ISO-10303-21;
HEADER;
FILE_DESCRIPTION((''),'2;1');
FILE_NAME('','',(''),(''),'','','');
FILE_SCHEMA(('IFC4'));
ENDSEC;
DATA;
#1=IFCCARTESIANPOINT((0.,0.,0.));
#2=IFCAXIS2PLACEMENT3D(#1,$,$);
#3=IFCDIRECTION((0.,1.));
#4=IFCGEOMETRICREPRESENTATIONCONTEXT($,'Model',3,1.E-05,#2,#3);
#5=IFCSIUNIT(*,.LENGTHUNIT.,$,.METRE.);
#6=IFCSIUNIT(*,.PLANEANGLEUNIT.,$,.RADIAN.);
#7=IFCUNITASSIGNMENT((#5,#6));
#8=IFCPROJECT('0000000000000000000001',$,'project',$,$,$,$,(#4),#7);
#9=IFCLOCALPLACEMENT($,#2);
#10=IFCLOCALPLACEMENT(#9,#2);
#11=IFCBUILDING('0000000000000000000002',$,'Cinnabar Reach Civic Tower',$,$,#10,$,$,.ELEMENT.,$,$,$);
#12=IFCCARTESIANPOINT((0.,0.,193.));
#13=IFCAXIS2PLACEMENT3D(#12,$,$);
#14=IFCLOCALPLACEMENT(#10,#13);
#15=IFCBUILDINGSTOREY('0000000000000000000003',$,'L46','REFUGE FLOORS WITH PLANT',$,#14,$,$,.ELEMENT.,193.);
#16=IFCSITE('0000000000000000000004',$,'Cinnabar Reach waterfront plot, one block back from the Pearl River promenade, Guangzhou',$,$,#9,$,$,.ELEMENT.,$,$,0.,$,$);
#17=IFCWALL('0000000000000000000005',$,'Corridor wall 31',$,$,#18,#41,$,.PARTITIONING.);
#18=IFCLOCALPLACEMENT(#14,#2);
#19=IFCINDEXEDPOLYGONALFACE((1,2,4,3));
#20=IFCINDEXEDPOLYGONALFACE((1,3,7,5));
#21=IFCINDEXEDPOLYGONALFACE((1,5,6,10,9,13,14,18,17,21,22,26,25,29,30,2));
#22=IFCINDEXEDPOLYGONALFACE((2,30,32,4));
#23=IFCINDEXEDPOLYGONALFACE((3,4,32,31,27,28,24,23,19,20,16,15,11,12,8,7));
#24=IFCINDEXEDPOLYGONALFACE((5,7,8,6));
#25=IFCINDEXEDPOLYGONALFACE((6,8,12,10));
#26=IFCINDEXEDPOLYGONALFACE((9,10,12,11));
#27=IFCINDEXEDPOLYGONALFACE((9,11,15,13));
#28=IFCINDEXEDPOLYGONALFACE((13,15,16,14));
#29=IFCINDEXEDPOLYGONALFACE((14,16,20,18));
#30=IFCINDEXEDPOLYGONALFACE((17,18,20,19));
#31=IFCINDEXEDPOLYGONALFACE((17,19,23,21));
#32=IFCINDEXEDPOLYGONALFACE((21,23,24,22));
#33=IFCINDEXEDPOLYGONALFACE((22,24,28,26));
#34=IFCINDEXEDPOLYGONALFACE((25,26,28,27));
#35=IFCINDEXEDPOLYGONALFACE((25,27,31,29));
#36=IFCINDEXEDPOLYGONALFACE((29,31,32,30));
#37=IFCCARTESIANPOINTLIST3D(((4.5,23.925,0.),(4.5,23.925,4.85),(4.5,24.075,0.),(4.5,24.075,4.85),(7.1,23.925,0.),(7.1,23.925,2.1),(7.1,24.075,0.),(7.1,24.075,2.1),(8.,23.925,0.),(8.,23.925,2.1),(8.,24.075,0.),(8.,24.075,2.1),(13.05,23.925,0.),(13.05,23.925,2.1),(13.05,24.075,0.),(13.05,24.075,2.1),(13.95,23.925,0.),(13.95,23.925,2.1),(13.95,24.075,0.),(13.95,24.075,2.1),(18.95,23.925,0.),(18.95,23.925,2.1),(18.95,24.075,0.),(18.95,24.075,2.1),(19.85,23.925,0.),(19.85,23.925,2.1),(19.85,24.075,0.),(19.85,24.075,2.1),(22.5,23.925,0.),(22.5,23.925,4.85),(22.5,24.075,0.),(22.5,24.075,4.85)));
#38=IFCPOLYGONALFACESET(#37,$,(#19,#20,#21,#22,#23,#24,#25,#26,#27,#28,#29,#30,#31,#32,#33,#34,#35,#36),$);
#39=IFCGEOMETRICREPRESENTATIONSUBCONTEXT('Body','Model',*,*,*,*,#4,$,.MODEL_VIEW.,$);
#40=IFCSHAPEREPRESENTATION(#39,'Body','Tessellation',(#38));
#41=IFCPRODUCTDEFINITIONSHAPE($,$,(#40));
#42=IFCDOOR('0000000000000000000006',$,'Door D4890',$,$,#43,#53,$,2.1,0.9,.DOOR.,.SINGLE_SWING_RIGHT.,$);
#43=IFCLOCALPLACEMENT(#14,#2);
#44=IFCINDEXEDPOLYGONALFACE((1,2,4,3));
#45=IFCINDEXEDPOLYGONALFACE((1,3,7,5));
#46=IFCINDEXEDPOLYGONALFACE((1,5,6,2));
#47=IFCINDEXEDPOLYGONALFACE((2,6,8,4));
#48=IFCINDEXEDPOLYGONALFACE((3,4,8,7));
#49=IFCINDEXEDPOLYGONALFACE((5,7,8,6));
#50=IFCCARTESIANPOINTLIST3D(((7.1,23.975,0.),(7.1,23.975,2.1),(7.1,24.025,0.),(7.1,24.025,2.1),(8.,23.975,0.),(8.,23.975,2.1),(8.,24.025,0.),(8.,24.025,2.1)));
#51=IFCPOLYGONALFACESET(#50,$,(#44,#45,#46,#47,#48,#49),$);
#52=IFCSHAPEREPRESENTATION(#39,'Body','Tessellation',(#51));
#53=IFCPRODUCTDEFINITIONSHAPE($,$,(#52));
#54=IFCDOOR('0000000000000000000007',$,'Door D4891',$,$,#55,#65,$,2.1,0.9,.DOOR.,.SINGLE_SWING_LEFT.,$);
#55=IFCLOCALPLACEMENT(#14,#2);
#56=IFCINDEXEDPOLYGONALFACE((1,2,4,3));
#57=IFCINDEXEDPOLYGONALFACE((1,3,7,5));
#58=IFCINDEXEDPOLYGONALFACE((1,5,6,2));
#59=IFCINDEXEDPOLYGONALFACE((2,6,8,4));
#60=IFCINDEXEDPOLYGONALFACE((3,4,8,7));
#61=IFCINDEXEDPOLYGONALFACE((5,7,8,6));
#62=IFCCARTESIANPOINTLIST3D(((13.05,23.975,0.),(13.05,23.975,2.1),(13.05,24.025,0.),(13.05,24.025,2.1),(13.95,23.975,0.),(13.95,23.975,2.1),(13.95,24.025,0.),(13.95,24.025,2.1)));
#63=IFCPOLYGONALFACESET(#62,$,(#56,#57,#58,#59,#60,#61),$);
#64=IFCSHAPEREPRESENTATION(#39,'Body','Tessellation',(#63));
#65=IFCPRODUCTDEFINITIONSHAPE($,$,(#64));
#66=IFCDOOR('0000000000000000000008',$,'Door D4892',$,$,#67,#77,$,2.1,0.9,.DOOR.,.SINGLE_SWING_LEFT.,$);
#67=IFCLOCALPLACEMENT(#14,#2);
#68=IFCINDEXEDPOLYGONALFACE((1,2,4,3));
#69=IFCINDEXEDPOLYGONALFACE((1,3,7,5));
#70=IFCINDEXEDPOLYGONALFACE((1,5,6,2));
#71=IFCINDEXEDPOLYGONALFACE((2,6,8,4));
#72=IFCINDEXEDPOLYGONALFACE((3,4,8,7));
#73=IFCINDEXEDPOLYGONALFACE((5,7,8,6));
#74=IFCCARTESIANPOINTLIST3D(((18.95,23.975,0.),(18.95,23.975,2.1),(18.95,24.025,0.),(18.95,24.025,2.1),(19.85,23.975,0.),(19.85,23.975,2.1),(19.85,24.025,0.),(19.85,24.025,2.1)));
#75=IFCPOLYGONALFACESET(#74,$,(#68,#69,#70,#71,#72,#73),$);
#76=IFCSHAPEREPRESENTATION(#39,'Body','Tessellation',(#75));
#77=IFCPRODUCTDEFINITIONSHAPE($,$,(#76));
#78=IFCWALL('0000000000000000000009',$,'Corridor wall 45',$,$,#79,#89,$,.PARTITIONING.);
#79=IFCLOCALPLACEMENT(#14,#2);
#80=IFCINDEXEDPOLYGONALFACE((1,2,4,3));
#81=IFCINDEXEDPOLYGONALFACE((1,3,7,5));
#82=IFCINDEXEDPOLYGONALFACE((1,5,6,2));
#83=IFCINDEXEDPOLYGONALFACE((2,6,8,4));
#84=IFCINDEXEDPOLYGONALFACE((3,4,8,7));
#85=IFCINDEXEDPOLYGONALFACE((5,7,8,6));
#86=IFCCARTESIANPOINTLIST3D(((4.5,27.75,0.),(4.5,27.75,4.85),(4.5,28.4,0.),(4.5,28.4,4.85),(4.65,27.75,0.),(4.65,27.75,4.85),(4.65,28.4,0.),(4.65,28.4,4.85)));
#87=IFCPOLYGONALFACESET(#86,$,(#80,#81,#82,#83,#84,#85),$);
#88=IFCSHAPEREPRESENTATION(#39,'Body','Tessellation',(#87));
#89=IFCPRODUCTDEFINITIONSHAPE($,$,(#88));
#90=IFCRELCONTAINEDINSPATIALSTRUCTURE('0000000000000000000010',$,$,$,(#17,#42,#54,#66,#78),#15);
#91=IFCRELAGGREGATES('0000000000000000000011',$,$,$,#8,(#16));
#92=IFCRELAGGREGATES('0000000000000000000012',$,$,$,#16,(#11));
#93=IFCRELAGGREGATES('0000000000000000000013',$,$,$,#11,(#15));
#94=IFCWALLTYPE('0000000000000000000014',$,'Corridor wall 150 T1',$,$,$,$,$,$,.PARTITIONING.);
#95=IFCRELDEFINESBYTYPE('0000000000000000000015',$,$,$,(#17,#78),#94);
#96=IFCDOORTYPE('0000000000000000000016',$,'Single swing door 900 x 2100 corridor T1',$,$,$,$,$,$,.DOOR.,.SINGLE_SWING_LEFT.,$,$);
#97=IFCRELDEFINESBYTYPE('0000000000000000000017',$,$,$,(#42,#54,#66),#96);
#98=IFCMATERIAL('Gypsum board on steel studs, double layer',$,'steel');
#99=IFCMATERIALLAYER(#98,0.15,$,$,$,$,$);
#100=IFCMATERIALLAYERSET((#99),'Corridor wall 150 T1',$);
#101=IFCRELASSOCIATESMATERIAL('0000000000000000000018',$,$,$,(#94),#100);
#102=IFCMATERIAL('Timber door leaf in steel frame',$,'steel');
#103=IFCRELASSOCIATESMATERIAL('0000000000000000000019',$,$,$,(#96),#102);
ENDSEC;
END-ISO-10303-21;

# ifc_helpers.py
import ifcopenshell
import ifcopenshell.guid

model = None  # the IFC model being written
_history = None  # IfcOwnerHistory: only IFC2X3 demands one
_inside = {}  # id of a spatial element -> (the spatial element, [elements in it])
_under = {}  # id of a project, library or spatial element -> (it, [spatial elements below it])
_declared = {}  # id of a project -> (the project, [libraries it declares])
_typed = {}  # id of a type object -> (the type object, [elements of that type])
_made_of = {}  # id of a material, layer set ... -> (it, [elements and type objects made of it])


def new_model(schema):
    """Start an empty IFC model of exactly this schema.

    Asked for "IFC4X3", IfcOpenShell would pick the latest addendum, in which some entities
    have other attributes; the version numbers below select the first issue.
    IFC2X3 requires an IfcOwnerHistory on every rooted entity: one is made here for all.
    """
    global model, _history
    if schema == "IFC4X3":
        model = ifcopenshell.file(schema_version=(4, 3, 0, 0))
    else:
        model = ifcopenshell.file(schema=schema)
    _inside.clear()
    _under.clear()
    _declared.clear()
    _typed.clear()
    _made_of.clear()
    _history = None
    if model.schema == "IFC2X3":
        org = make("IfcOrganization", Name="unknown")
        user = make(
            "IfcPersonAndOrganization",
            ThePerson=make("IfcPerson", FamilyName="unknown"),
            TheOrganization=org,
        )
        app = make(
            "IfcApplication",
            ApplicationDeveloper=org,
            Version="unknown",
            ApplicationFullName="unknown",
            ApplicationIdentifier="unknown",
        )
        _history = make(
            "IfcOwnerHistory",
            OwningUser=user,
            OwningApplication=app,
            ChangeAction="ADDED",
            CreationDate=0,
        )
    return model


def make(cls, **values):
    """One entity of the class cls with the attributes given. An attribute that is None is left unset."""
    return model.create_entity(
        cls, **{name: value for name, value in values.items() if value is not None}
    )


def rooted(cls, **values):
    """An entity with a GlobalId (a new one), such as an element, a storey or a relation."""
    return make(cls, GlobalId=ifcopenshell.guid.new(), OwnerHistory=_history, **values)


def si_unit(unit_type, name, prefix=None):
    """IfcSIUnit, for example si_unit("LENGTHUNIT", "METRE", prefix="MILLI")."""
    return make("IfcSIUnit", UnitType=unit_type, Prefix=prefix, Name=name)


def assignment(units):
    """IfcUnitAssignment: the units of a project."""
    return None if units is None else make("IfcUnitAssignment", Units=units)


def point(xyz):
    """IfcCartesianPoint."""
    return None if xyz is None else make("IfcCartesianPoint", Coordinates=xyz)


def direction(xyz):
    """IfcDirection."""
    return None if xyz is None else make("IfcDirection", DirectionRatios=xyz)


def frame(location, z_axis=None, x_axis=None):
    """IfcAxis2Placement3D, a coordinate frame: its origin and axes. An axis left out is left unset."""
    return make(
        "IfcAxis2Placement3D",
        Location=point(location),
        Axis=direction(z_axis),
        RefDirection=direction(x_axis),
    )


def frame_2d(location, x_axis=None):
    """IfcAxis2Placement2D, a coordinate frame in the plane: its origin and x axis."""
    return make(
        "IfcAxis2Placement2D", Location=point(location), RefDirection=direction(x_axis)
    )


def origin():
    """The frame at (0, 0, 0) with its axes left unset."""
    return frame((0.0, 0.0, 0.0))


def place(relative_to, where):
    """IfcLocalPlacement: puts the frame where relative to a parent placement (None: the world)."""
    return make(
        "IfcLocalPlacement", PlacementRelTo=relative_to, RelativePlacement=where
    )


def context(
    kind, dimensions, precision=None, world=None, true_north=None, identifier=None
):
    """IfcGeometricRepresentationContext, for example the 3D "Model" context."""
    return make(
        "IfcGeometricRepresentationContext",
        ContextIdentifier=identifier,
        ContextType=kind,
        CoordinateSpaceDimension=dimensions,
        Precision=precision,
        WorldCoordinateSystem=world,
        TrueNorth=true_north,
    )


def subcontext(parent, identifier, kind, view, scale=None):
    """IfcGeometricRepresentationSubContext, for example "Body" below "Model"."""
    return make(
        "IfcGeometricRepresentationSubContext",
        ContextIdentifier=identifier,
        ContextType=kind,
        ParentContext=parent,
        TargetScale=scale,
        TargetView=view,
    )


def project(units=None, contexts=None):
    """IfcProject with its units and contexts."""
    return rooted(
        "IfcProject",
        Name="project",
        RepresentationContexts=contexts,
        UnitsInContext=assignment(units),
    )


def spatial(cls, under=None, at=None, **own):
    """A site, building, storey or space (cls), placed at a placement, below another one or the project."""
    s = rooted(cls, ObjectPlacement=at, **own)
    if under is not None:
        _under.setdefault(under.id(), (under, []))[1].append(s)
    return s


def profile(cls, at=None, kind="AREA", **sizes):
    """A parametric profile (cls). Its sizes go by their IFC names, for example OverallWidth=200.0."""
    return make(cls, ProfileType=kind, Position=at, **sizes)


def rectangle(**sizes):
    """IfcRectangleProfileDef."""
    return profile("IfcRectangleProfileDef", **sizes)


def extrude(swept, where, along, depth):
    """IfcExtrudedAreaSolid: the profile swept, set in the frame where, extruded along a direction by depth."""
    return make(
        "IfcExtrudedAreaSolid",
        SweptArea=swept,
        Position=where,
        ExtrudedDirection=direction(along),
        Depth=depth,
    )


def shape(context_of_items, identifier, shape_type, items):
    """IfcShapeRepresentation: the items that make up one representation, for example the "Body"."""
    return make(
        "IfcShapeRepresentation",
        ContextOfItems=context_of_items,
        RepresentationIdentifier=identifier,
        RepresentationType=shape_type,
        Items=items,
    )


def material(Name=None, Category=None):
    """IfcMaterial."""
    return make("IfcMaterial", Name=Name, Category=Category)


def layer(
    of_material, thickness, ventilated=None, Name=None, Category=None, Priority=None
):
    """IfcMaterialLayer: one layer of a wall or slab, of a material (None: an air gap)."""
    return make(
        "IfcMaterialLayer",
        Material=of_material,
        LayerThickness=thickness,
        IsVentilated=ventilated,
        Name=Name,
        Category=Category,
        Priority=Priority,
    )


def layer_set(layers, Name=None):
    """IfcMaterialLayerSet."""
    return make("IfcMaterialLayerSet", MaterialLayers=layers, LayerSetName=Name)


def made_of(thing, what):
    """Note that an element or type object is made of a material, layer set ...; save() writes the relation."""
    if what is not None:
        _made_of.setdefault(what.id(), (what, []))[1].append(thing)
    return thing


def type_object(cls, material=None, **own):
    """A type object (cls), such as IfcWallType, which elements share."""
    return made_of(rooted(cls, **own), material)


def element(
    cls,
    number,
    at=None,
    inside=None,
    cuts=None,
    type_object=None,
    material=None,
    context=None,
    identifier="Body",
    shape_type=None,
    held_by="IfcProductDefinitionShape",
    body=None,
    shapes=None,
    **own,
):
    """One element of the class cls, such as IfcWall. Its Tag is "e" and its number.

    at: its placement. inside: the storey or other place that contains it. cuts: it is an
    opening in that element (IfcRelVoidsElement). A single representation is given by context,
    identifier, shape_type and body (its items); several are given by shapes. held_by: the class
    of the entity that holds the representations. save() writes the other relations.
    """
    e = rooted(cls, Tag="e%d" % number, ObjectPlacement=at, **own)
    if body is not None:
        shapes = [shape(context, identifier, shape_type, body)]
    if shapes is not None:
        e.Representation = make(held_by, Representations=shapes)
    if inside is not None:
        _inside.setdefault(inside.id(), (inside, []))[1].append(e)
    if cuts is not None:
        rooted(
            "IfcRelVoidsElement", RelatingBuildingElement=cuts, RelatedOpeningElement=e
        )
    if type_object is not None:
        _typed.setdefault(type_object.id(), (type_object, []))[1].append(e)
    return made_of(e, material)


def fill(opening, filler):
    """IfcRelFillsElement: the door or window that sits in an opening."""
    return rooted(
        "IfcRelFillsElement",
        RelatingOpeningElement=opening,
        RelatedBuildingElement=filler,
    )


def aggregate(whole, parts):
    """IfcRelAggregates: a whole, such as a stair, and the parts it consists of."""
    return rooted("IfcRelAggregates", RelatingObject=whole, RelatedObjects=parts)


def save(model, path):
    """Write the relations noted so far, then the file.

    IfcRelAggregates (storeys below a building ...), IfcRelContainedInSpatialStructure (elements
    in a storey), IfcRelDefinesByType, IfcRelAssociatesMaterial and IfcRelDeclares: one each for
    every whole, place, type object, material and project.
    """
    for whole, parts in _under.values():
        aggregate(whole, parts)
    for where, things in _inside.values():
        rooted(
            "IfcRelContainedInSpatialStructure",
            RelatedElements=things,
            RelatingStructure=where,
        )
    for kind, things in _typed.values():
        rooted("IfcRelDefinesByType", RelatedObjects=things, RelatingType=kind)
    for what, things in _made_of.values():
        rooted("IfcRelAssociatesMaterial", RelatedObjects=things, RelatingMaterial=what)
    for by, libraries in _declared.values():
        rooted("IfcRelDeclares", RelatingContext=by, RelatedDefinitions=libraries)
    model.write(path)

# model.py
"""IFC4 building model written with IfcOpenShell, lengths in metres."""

from ifc_helpers import new_model, si_unit, direction, frame, frame_2d, origin, place, context, subcontext, project, spatial, rectangle, extrude, material, layer, layer_set, type_object, element, fill, save


model = new_model("IFC4")

# Units and contexts
model_context = context("Model", 3, precision=1e-05, world=origin(), true_north=direction((0.0, 1.0)))
body_context = subcontext(model_context, "Body", "Model", "MODEL_VIEW")
ifc_project = project(units=[si_unit("LENGTHUNIT", "METRE"), si_unit("PLANEANGLEUNIT", "RADIAN")], contexts=[model_context])

# Site, building, storey
site_placement = place(None, origin())
site = spatial("IfcSite", under=ifc_project, at=site_placement, Name="Cinnabar Reach waterfront plot, one block back from the Pearl River promenade, Guangzhou", CompositionType="ELEMENT", RefElevation=0.0)
building_placement = place(site_placement, origin())
building = spatial("IfcBuilding", under=site, at=building_placement, Name="Cinnabar Reach Civic Tower", CompositionType="ELEMENT")
storey_placement = place(building_placement, frame((0.0, 0.0, 193.0)))
storey = spatial("IfcBuildingStorey", under=building, at=storey_placement, Name="L46", Description="REFUGE FLOORS WITH PLANT", CompositionType="ELEMENT", Elevation=193.0)

# Wall, openings, doors
ifc_material_1 = material(Name="Gypsum board on steel studs, double layer", Category="steel")
ifc_layer_1 = layer(ifc_material_1, 0.15)
ifc_layer_set_1 = layer_set([ifc_layer_1], Name="Corridor wall 150 T1")
wall_type_1 = type_object("IfcWallType", Name="Corridor wall 150 T1", PredefinedType="PARTITIONING", material=ifc_layer_set_1)
wall_1_placement = place(storey_placement, frame((4.5, 24.0, 0.0), z_axis=(0.0, 0.0, 1.0), x_axis=(1.0, 0.0, 0.0)))
wall_1 = element("IfcWall", 1, at=wall_1_placement, inside=storey, type_object=wall_type_1, Name="Corridor wall 31", PredefinedType="PARTITIONING", context=body_context, shape_type="SweptSolid", body=[
    extrude(rectangle(XDim=18.0, YDim=0.15, at=frame_2d((9.0, 0.0))), origin(), (0.0, 0.0, 1.0), 4.85),
])
opening_1_placement = place(wall_1_placement, frame((2.6, 0.0, 0.0)))
opening_1 = element("IfcOpeningElement", 2, at=opening_1_placement, cuts=wall_1, PredefinedType="OPENING", context=body_context, shape_type="SweptSolid", body=[
    extrude(rectangle(XDim=0.9, YDim=2.1, at=frame_2d((0.45, 1.05))), frame((0.0, 0.085, 0.0), z_axis=(0.0, -1.0, 0.0), x_axis=(1.0, 0.0, 0.0)), (0.0, 0.0, 1.0), 0.17),
])
opening_2_placement = place(wall_1_placement, frame((8.55, 0.0, 0.0)))
opening_2 = element("IfcOpeningElement", 3, at=opening_2_placement, cuts=wall_1, PredefinedType="OPENING", context=body_context, shape_type="SweptSolid", body=[
    extrude(rectangle(XDim=0.9, YDim=2.1, at=frame_2d((0.45, 1.05))), frame((0.0, 0.085, 0.0), z_axis=(0.0, -1.0, 0.0), x_axis=(1.0, 0.0, 0.0)), (0.0, 0.0, 1.0), 0.17),
])
opening_3_placement = place(wall_1_placement, frame((14.45, 0.0, 0.0)))
opening_3 = element("IfcOpeningElement", 4, at=opening_3_placement, cuts=wall_1, PredefinedType="OPENING", context=body_context, shape_type="SweptSolid", body=[
    extrude(rectangle(XDim=0.9, YDim=2.1, at=frame_2d((0.45, 1.05))), frame((0.0, 0.085, 0.0), z_axis=(0.0, -1.0, 0.0), x_axis=(1.0, 0.0, 0.0)), (0.0, 0.0, 1.0), 0.17),
])
ifc_material_2 = material(Name="Timber door leaf in steel frame", Category="steel")
door_type_1 = type_object("IfcDoorType", Name="Single swing door 900 x 2100 corridor T1", OperationType="SINGLE_SWING_LEFT", PredefinedType="DOOR", material=ifc_material_2)
door_1_placement = place(opening_1_placement, frame((0.9, 0.0, 0.0), z_axis=(0.0, 0.0, 1.0), x_axis=(-1.0, 0.0, 0.0)))
door_1 = element("IfcDoor", 5, at=door_1_placement, inside=storey, type_object=door_type_1, Name="Door D4890", OperationType="SINGLE_SWING_RIGHT", OverallHeight=2.1, OverallWidth=0.9, PredefinedType="DOOR", context=body_context, shape_type="SweptSolid", body=[
    extrude(rectangle(XDim=0.9, YDim=2.1, at=frame_2d((0.45, 1.05))), frame((0.0, 0.025, 0.0), z_axis=(0.0, -1.0, 0.0), x_axis=(1.0, 0.0, 0.0)), (0.0, 0.0, 1.0), 0.05),
])
fill(opening_1, door_1)
door_2_placement = place(opening_2_placement, frame((0.9, 0.0, 0.0), z_axis=(0.0, 0.0, 1.0), x_axis=(-1.0, 0.0, 0.0)))
door_2 = element("IfcDoor", 6, at=door_2_placement, inside=storey, type_object=door_type_1, Name="Door D4891", OperationType="SINGLE_SWING_LEFT", OverallHeight=2.1, OverallWidth=0.9, PredefinedType="DOOR", context=body_context, shape_type="SweptSolid", body=[
    extrude(rectangle(XDim=0.9, YDim=2.1, at=frame_2d((0.45, 1.05))), frame((0.0, 0.025, 0.0), z_axis=(0.0, -1.0, 0.0), x_axis=(1.0, 0.0, 0.0)), (0.0, 0.0, 1.0), 0.05),
])
fill(opening_2, door_2)
door_3_placement = place(opening_3_placement, frame((0.9, 0.0, 0.0), z_axis=(0.0, 0.0, 1.0), x_axis=(-1.0, 0.0, 0.0)))
door_3 = element("IfcDoor", 7, at=door_3_placement, inside=storey, type_object=door_type_1, Name="Door D4892", OperationType="SINGLE_SWING_LEFT", OverallHeight=2.1, OverallWidth=0.9, PredefinedType="DOOR", context=body_context, shape_type="SweptSolid", body=[
    extrude(rectangle(XDim=0.9, YDim=2.1, at=frame_2d((0.45, 1.05))), frame((0.0, 0.025, 0.0), z_axis=(0.0, -1.0, 0.0), x_axis=(1.0, 0.0, 0.0)), (0.0, 0.0, 1.0), 0.05),
])
fill(opening_3, door_3)

# Wall
wall_2_placement = place(storey_placement, frame((4.575, 27.75, 0.0), z_axis=(0.0, 0.0, 1.0), x_axis=(0.0, 1.0, 0.0)))
element("IfcWall", 8, at=wall_2_placement, inside=storey, type_object=wall_type_1, Name="Corridor wall 45", PredefinedType="PARTITIONING", context=body_context, shape_type="SweptSolid", body=[
    extrude(rectangle(XDim=0.65, YDim=0.15, at=frame_2d((0.325, 0.0))), origin(), (0.0, 0.0, 1.0), 4.85),
])

save(model, "model.ifc")
